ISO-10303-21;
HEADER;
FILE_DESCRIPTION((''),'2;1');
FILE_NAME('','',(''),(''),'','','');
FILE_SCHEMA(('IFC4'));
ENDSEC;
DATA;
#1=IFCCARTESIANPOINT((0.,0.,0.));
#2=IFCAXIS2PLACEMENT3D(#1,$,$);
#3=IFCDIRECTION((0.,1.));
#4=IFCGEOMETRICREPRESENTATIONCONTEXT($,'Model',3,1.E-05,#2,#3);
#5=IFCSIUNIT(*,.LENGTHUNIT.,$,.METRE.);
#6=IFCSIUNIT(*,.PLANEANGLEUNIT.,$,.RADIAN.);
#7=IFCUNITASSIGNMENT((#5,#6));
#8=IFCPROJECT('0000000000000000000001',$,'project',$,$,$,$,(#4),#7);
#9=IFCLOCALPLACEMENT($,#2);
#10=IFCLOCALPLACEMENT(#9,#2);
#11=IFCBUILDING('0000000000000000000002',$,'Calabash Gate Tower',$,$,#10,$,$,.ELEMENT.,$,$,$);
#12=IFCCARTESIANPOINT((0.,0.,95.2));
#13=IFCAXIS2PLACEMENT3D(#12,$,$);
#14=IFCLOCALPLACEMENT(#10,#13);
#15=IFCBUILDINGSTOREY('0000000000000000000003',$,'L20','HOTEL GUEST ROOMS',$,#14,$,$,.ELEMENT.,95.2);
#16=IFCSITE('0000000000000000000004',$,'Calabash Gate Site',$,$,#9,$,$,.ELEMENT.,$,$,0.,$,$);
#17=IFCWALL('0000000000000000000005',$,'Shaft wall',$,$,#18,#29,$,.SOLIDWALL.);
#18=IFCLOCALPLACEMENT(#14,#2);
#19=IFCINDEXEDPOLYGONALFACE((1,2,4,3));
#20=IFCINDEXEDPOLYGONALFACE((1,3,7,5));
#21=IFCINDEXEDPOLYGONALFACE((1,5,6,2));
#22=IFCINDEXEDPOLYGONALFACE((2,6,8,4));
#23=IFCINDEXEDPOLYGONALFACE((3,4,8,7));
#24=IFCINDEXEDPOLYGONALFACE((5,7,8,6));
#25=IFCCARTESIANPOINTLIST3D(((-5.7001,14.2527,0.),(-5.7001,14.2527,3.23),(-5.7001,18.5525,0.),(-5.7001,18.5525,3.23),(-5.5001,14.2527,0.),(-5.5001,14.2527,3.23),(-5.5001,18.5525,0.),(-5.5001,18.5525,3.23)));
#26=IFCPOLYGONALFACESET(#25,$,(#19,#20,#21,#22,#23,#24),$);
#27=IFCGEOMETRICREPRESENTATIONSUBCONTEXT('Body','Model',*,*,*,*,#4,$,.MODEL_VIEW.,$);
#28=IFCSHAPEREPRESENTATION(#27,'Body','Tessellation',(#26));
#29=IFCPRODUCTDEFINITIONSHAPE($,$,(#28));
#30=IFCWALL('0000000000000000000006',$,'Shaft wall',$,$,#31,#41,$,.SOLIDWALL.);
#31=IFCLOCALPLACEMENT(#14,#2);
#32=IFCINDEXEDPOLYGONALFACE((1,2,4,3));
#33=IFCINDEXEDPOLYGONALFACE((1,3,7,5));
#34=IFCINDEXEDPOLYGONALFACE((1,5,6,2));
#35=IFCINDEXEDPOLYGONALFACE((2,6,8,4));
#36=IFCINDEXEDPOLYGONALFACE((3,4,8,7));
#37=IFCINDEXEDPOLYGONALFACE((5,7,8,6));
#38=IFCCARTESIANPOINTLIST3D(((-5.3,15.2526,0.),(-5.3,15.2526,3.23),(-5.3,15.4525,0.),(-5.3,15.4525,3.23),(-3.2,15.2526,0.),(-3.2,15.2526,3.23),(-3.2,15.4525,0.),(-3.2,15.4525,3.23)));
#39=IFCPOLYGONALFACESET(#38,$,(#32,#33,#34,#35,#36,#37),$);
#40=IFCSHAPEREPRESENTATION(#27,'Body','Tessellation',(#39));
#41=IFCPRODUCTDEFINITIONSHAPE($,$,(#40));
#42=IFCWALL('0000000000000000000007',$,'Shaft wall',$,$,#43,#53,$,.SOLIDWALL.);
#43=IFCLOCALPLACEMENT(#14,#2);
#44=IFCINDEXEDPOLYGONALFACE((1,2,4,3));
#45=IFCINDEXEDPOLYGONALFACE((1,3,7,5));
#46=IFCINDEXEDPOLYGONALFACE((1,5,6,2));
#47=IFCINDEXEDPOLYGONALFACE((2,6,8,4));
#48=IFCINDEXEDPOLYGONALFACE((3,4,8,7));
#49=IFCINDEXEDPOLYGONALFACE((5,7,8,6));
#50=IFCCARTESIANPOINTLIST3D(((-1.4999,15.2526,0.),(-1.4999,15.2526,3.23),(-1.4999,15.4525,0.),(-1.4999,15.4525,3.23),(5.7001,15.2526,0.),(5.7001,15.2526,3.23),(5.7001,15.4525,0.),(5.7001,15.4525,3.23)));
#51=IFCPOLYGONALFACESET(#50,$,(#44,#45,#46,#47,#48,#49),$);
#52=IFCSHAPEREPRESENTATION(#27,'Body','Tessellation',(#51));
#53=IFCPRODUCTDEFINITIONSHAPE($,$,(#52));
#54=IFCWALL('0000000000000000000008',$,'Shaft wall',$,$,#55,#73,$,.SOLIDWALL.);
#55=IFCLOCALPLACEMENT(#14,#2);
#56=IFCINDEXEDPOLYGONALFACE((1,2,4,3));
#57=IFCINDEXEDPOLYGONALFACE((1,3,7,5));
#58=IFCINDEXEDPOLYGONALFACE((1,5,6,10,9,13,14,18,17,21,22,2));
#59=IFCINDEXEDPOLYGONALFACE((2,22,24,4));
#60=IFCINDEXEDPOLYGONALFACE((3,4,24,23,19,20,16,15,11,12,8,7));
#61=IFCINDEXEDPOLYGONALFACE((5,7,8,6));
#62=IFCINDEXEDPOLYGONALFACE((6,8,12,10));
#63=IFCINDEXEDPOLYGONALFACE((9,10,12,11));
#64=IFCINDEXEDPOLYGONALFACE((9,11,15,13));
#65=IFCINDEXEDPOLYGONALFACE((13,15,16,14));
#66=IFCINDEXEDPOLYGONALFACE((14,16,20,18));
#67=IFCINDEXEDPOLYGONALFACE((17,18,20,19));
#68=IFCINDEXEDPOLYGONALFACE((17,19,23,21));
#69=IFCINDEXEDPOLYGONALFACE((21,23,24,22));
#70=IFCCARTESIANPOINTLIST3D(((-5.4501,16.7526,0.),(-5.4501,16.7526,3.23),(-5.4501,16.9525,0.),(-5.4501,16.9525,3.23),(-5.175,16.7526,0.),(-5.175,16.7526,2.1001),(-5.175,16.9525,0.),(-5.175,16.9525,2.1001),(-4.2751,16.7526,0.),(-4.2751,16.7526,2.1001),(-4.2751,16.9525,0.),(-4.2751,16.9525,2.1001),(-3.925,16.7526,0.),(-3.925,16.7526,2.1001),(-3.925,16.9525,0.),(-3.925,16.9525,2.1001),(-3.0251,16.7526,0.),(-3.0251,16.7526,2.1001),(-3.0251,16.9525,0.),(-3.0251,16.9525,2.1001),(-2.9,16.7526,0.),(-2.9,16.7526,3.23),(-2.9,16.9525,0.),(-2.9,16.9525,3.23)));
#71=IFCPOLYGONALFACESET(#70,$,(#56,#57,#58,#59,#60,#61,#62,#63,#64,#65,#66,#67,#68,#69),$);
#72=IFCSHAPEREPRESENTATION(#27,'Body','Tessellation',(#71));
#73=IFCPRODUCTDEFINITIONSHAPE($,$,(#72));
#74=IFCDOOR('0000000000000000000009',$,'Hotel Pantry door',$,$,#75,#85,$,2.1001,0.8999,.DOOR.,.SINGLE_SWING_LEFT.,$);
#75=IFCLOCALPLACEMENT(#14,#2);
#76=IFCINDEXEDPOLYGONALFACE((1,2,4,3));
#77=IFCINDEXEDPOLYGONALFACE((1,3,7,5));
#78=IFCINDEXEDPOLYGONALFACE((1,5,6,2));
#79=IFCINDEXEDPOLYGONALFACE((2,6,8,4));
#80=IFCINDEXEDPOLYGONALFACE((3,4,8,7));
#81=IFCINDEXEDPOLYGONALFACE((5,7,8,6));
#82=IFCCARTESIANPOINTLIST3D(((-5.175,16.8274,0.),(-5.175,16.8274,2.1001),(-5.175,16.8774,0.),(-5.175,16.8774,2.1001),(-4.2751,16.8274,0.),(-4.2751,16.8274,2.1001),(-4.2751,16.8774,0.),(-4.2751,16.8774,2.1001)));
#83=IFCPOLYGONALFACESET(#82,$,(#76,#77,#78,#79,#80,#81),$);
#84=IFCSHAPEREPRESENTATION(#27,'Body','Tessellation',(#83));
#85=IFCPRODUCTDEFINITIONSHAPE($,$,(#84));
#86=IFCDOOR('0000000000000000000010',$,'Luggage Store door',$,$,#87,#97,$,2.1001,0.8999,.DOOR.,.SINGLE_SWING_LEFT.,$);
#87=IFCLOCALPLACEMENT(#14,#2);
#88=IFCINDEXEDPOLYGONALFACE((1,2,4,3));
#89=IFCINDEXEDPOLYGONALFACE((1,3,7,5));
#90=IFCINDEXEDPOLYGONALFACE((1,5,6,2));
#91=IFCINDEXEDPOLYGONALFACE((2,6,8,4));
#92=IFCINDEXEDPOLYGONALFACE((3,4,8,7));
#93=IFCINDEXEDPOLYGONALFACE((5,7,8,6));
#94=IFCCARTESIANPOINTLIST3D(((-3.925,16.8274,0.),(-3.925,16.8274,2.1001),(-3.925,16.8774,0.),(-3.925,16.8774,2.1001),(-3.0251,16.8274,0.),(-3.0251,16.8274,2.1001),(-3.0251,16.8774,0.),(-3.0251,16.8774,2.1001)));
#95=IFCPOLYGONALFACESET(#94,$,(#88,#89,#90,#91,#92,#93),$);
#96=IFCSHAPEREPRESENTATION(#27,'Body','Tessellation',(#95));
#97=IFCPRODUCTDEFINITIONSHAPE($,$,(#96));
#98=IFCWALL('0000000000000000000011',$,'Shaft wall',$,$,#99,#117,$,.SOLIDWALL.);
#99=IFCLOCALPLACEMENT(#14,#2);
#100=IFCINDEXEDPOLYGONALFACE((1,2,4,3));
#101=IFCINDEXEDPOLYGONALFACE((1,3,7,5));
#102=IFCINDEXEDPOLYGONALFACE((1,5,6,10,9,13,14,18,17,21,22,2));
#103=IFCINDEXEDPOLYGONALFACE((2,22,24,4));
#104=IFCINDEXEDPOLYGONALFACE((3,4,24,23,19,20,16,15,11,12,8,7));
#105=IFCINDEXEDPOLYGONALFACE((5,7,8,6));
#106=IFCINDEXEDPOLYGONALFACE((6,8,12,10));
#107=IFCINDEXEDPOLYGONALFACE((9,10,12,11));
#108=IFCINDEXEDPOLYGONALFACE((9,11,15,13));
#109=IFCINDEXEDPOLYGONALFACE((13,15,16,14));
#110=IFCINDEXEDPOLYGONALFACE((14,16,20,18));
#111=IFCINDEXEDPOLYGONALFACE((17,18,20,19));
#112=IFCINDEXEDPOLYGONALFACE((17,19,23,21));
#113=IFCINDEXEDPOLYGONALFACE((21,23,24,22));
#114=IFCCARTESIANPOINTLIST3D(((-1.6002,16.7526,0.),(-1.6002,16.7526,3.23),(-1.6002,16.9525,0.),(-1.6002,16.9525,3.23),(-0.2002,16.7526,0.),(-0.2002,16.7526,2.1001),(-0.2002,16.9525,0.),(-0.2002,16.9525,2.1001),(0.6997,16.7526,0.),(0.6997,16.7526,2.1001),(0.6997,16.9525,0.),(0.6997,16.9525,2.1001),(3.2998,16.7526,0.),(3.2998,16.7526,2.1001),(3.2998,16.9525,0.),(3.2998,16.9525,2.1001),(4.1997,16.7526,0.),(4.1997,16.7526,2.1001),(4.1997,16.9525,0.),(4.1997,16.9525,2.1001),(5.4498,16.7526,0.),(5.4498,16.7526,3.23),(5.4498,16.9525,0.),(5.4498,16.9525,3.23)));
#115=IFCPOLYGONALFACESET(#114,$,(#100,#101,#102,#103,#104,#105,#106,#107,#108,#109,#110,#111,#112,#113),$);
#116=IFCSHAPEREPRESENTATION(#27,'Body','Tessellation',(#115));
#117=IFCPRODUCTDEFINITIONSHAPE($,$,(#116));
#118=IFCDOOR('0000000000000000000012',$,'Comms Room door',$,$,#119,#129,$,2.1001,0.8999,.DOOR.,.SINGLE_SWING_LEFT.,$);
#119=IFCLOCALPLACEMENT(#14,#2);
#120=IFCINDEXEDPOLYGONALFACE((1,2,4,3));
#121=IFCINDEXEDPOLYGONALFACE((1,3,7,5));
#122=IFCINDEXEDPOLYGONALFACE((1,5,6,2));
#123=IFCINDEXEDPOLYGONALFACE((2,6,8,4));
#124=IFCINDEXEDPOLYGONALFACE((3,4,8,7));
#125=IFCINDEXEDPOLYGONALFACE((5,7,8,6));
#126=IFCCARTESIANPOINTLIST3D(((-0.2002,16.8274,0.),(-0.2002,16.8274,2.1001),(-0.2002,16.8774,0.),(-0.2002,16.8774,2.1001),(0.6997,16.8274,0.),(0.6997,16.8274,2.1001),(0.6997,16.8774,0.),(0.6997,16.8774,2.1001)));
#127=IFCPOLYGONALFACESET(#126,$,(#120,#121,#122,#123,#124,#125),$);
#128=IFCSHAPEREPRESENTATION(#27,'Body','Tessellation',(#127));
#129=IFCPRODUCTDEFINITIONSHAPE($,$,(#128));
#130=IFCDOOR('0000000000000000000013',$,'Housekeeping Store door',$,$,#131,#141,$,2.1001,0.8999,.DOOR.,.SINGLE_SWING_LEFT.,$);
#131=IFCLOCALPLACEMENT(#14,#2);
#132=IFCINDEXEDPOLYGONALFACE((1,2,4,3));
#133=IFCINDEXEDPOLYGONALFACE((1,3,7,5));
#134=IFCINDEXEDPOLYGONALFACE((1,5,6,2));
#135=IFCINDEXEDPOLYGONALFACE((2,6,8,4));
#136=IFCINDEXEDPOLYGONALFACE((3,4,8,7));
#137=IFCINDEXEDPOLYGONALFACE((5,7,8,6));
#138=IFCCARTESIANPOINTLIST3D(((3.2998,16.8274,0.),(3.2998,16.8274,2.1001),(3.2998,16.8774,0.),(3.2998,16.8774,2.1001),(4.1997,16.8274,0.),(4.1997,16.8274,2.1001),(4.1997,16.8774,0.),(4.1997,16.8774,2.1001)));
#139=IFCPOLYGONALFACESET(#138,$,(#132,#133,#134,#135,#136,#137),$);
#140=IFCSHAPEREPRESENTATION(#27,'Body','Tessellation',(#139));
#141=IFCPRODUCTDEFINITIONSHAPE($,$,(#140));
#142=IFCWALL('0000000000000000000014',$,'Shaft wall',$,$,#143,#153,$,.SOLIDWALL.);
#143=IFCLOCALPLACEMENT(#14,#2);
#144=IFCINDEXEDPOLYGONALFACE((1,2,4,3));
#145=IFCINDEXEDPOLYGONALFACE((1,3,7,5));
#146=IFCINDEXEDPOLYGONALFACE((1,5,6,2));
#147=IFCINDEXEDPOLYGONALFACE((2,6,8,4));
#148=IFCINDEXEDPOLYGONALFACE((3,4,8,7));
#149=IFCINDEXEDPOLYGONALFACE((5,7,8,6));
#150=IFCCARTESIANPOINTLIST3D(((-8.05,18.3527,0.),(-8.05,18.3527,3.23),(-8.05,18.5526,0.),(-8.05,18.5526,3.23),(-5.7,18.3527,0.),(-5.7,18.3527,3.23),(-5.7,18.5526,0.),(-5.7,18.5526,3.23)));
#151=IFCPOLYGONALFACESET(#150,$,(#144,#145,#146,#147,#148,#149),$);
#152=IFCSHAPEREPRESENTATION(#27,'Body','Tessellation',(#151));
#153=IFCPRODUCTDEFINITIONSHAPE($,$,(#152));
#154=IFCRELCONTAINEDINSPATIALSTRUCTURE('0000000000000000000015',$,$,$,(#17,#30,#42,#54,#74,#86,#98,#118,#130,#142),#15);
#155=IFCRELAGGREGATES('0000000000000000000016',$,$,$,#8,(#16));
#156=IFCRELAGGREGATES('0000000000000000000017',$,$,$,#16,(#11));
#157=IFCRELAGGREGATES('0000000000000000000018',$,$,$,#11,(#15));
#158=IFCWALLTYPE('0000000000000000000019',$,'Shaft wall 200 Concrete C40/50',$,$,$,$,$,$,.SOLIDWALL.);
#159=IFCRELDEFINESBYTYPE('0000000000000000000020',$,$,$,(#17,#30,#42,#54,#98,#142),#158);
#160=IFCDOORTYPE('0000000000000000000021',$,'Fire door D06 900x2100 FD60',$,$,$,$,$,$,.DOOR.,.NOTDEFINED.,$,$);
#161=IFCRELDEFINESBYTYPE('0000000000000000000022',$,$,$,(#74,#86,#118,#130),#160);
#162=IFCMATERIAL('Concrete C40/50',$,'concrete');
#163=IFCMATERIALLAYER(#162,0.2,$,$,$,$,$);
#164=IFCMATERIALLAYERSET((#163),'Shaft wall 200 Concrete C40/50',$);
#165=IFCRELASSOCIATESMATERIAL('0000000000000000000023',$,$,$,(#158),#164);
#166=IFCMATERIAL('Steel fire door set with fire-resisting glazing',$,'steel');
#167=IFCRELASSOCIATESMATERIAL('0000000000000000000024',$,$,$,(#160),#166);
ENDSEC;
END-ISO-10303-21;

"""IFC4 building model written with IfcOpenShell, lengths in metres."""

from ifc_helpers import new_model, si_unit, direction, frame, frame_2d, origin, place, context, subcontext, project, spatial, rectangle, extrude, material, layer, layer_set, type_object, element, fill, save


model = new_model("IFC4")

# Units and contexts
model_context = context("Model", 3, precision=1e-05, world=origin(), true_north=direction((0.0, 1.0)))
body_context = subcontext(model_context, "Body", "Model", "MODEL_VIEW")
ifc_project = project(units=[si_unit("LENGTHUNIT", "METRE"), si_unit("PLANEANGLEUNIT", "RADIAN")], contexts=[model_context])

# Site, building, storey
site_placement = place(None, origin())
site = spatial("IfcSite", under=ifc_project, at=site_placement, Name="Calabash Gate Site", CompositionType="ELEMENT", RefElevation=0.0)
building_placement = place(site_placement, origin())
building = spatial("IfcBuilding", under=site, at=building_placement, Name="Calabash Gate Tower", CompositionType="ELEMENT")
storey_placement = place(building_placement, frame((0.0, 0.0, 95.2)))
storey = spatial("IfcBuildingStorey", under=building, at=storey_placement, Name="L20", Description="HOTEL GUEST ROOMS", CompositionType="ELEMENT", Elevation=95.2)

# Shared definitions
ifc_material_1 = material(Name="Concrete C40/50", Category="concrete")
ifc_layer_1 = layer(ifc_material_1, 0.2)
ifc_layer_set_1 = layer_set([ifc_layer_1], Name="Shaft wall 200 Concrete C40/50")
wall_type_1 = type_object("IfcWallType", Name="Shaft wall 200 Concrete C40/50", PredefinedType="SOLIDWALL", material=ifc_layer_set_1)
ifc_material_2 = material(Name="Steel fire door set with fire-resisting glazing", Category="steel")
door_type_1 = type_object("IfcDoorType", Name="Fire door D06 900x2100 FD60", OperationType="NOTDEFINED", PredefinedType="DOOR", material=ifc_material_2)

# Walls
wall_1_placement = place(storey_placement, frame((-5.6001, 14.2527, 0.0), z_axis=(0.0, 0.0, 1.0), x_axis=(0.0, 1.0, 0.0)))
element("IfcWall", 1, at=wall_1_placement, inside=storey, type_object=wall_type_1, Name="Shaft wall", PredefinedType="SOLIDWALL", context=body_context, shape_type="SweptSolid", body=[
    extrude(rectangle(XDim=4.2998, YDim=0.2, at=frame_2d((2.1499, 0.0))), origin(), (0.0, 0.0, 1.0), 3.23),
])
wall_2_placement = place(storey_placement, frame((-5.3, 15.3525, 0.0), z_axis=(0.0, 0.0, 1.0), x_axis=(1.0, 0.0, 0.0)))
element("IfcWall", 2, at=wall_2_placement, inside=storey, type_object=wall_type_1, Name="Shaft wall", PredefinedType="SOLIDWALL", context=body_context, shape_type="SweptSolid", body=[
    extrude(rectangle(XDim=2.1001, YDim=0.2, at=frame_2d((1.05, 0.0))), origin(), (0.0, 0.0, 1.0), 3.23),
])
wall_3_placement = place(storey_placement, frame((-1.5, 15.3525, 0.0), z_axis=(0.0, 0.0, 1.0), x_axis=(1.0, 0.0, 0.0)))
element("IfcWall", 3, at=wall_3_placement, inside=storey, type_object=wall_type_1, Name="Shaft wall", PredefinedType="SOLIDWALL", context=body_context, shape_type="SweptSolid", body=[
    extrude(rectangle(XDim=7.2, YDim=0.2, at=frame_2d((3.6001, 0.0))), origin(), (0.0, 0.0, 1.0), 3.23),
])

# Walls, openings, doors
wall_4_placement = place(storey_placement, frame((-5.45, 16.8525, 0.0), z_axis=(0.0, 0.0, 1.0), x_axis=(1.0, 0.0, 0.0)))
wall_4 = element("IfcWall", 4, at=wall_4_placement, inside=storey, type_object=wall_type_1, Name="Shaft wall", PredefinedType="SOLIDWALL", context=body_context, shape_type="SweptSolid", body=[
    extrude(rectangle(XDim=2.55, YDim=0.2, at=frame_2d((1.2749, 0.0))), origin(), (0.0, 0.0, 1.0), 3.23),
])
opening_1_placement = place(wall_4_placement, frame((0.2749, 0.0, 0.0)))
opening_1 = element("IfcOpeningElement", 5, at=opening_1_placement, cuts=wall_4, PredefinedType="OPENING", context=body_context, shape_type="SweptSolid", body=[
    extrude(rectangle(XDim=0.8999, YDim=2.1001, at=frame_2d((0.45, 1.05))), frame((0.0, 0.1099, 0.0), z_axis=(0.0, -1.0, 0.0), x_axis=(1.0, 0.0, 0.0)), (0.0, 0.0, 1.0), 0.22),
])
opening_2_placement = place(wall_4_placement, frame((1.5249, 0.0, 0.0)))
opening_2 = element("IfcOpeningElement", 6, at=opening_2_placement, cuts=wall_4, PredefinedType="OPENING", context=body_context, shape_type="SweptSolid", body=[
    extrude(rectangle(XDim=0.8999, YDim=2.1001, at=frame_2d((0.45, 1.05))), frame((0.0, 0.1099, 0.0), z_axis=(0.0, -1.0, 0.0), x_axis=(1.0, 0.0, 0.0)), (0.0, 0.0, 1.0), 0.22),
])
door_1_placement = place(opening_1_placement, origin())
door_1 = element("IfcDoor", 7, at=door_1_placement, inside=storey, type_object=door_type_1, Name="Hotel Pantry door", OperationType="SINGLE_SWING_LEFT", OverallHeight=2.1001, OverallWidth=0.8999, PredefinedType="DOOR", context=body_context, shape_type="SweptSolid", body=[
    extrude(rectangle(XDim=0.8999, YDim=2.1001, at=frame_2d((0.45, 1.05))), frame((0.0, 0.0249, 0.0), z_axis=(0.0, -1.0, 0.0), x_axis=(1.0, 0.0, 0.0)), (0.0, 0.0, 1.0), 0.05),
])
fill(opening_1, door_1)
door_2_placement = place(opening_2_placement, origin())
door_2 = element("IfcDoor", 8, at=door_2_placement, inside=storey, type_object=door_type_1, Name="Luggage Store door", OperationType="SINGLE_SWING_LEFT", OverallHeight=2.1001, OverallWidth=0.8999, PredefinedType="DOOR", context=body_context, shape_type="SweptSolid", body=[
    extrude(rectangle(XDim=0.8999, YDim=2.1001, at=frame_2d((0.45, 1.05))), frame((0.0, 0.0249, 0.0), z_axis=(0.0, -1.0, 0.0), x_axis=(1.0, 0.0, 0.0)), (0.0, 0.0, 1.0), 0.05),
])
fill(opening_2, door_2)
wall_5_placement = place(storey_placement, frame((-1.6001, 16.8525, 0.0), z_axis=(0.0, 0.0, 1.0), x_axis=(1.0, 0.0, 0.0)))
wall_5 = element("IfcWall", 9, at=wall_5_placement, inside=storey, type_object=wall_type_1, Name="Shaft wall", PredefinedType="SOLIDWALL", context=body_context, shape_type="SweptSolid", body=[
    extrude(rectangle(XDim=7.05, YDim=0.2, at=frame_2d((3.5249, 0.0))), origin(), (0.0, 0.0, 1.0), 3.23),
])
opening_3_placement = place(wall_5_placement, frame((1.3999, 0.0, 0.0)))
opening_3 = element("IfcOpeningElement", 10, at=opening_3_placement, cuts=wall_5, PredefinedType="OPENING", context=body_context, shape_type="SweptSolid", body=[
    extrude(rectangle(XDim=0.8999, YDim=2.1001, at=frame_2d((0.45, 1.05))), frame((0.0, 0.1099, 0.0), z_axis=(0.0, -1.0, 0.0), x_axis=(1.0, 0.0, 0.0)), (0.0, 0.0, 1.0), 0.22),
])
opening_4_placement = place(wall_5_placement, frame((4.8999, 0.0, 0.0)))
opening_4 = element("IfcOpeningElement", 11, at=opening_4_placement, cuts=wall_5, PredefinedType="OPENING", context=body_context, shape_type="SweptSolid", body=[
    extrude(rectangle(XDim=0.8999, YDim=2.1001, at=frame_2d((0.45, 1.05))), frame((0.0, 0.1099, 0.0), z_axis=(0.0, -1.0, 0.0), x_axis=(1.0, 0.0, 0.0)), (0.0, 0.0, 1.0), 0.22),
])
door_3_placement = place(opening_3_placement, origin())
door_3 = element("IfcDoor", 12, at=door_3_placement, inside=storey, type_object=door_type_1, Name="Comms Room door", OperationType="SINGLE_SWING_LEFT", OverallHeight=2.1001, OverallWidth=0.8999, PredefinedType="DOOR", context=body_context, shape_type="SweptSolid", body=[
    extrude(rectangle(XDim=0.8999, YDim=2.1001, at=frame_2d((0.45, 1.05))), frame((0.0, 0.0249, 0.0), z_axis=(0.0, -1.0, 0.0), x_axis=(1.0, 0.0, 0.0)), (0.0, 0.0, 1.0), 0.05),
])
fill(opening_3, door_3)
door_4_placement = place(opening_4_placement, origin())
door_4 = element("IfcDoor", 13, at=door_4_placement, inside=storey, type_object=door_type_1, Name="Housekeeping Store door", OperationType="SINGLE_SWING_LEFT", OverallHeight=2.1001, OverallWidth=0.8999, PredefinedType="DOOR", context=body_context, shape_type="SweptSolid", body=[
    extrude(rectangle(XDim=0.8999, YDim=2.1001, at=frame_2d((0.45, 1.05))), frame((0.0, 0.0249, 0.0), z_axis=(0.0, -1.0, 0.0), x_axis=(1.0, 0.0, 0.0)), (0.0, 0.0, 1.0), 0.05),
])
fill(opening_4, door_4)

# Wall
wall_6_placement = place(storey_placement, frame((-8.05, 18.4526, 0.0), z_axis=(0.0, 0.0, 1.0), x_axis=(1.0, 0.0, 0.0)))
element("IfcWall", 14, at=wall_6_placement, inside=storey, type_object=wall_type_1, Name="Shaft wall", PredefinedType="SOLIDWALL", context=body_context, shape_type="SweptSolid", body=[
    extrude(rectangle(XDim=2.3501, YDim=0.2, at=frame_2d((1.175, 0.0))), origin(), (0.0, 0.0, 1.0), 3.23),
])

save(model, "model.ifc")
